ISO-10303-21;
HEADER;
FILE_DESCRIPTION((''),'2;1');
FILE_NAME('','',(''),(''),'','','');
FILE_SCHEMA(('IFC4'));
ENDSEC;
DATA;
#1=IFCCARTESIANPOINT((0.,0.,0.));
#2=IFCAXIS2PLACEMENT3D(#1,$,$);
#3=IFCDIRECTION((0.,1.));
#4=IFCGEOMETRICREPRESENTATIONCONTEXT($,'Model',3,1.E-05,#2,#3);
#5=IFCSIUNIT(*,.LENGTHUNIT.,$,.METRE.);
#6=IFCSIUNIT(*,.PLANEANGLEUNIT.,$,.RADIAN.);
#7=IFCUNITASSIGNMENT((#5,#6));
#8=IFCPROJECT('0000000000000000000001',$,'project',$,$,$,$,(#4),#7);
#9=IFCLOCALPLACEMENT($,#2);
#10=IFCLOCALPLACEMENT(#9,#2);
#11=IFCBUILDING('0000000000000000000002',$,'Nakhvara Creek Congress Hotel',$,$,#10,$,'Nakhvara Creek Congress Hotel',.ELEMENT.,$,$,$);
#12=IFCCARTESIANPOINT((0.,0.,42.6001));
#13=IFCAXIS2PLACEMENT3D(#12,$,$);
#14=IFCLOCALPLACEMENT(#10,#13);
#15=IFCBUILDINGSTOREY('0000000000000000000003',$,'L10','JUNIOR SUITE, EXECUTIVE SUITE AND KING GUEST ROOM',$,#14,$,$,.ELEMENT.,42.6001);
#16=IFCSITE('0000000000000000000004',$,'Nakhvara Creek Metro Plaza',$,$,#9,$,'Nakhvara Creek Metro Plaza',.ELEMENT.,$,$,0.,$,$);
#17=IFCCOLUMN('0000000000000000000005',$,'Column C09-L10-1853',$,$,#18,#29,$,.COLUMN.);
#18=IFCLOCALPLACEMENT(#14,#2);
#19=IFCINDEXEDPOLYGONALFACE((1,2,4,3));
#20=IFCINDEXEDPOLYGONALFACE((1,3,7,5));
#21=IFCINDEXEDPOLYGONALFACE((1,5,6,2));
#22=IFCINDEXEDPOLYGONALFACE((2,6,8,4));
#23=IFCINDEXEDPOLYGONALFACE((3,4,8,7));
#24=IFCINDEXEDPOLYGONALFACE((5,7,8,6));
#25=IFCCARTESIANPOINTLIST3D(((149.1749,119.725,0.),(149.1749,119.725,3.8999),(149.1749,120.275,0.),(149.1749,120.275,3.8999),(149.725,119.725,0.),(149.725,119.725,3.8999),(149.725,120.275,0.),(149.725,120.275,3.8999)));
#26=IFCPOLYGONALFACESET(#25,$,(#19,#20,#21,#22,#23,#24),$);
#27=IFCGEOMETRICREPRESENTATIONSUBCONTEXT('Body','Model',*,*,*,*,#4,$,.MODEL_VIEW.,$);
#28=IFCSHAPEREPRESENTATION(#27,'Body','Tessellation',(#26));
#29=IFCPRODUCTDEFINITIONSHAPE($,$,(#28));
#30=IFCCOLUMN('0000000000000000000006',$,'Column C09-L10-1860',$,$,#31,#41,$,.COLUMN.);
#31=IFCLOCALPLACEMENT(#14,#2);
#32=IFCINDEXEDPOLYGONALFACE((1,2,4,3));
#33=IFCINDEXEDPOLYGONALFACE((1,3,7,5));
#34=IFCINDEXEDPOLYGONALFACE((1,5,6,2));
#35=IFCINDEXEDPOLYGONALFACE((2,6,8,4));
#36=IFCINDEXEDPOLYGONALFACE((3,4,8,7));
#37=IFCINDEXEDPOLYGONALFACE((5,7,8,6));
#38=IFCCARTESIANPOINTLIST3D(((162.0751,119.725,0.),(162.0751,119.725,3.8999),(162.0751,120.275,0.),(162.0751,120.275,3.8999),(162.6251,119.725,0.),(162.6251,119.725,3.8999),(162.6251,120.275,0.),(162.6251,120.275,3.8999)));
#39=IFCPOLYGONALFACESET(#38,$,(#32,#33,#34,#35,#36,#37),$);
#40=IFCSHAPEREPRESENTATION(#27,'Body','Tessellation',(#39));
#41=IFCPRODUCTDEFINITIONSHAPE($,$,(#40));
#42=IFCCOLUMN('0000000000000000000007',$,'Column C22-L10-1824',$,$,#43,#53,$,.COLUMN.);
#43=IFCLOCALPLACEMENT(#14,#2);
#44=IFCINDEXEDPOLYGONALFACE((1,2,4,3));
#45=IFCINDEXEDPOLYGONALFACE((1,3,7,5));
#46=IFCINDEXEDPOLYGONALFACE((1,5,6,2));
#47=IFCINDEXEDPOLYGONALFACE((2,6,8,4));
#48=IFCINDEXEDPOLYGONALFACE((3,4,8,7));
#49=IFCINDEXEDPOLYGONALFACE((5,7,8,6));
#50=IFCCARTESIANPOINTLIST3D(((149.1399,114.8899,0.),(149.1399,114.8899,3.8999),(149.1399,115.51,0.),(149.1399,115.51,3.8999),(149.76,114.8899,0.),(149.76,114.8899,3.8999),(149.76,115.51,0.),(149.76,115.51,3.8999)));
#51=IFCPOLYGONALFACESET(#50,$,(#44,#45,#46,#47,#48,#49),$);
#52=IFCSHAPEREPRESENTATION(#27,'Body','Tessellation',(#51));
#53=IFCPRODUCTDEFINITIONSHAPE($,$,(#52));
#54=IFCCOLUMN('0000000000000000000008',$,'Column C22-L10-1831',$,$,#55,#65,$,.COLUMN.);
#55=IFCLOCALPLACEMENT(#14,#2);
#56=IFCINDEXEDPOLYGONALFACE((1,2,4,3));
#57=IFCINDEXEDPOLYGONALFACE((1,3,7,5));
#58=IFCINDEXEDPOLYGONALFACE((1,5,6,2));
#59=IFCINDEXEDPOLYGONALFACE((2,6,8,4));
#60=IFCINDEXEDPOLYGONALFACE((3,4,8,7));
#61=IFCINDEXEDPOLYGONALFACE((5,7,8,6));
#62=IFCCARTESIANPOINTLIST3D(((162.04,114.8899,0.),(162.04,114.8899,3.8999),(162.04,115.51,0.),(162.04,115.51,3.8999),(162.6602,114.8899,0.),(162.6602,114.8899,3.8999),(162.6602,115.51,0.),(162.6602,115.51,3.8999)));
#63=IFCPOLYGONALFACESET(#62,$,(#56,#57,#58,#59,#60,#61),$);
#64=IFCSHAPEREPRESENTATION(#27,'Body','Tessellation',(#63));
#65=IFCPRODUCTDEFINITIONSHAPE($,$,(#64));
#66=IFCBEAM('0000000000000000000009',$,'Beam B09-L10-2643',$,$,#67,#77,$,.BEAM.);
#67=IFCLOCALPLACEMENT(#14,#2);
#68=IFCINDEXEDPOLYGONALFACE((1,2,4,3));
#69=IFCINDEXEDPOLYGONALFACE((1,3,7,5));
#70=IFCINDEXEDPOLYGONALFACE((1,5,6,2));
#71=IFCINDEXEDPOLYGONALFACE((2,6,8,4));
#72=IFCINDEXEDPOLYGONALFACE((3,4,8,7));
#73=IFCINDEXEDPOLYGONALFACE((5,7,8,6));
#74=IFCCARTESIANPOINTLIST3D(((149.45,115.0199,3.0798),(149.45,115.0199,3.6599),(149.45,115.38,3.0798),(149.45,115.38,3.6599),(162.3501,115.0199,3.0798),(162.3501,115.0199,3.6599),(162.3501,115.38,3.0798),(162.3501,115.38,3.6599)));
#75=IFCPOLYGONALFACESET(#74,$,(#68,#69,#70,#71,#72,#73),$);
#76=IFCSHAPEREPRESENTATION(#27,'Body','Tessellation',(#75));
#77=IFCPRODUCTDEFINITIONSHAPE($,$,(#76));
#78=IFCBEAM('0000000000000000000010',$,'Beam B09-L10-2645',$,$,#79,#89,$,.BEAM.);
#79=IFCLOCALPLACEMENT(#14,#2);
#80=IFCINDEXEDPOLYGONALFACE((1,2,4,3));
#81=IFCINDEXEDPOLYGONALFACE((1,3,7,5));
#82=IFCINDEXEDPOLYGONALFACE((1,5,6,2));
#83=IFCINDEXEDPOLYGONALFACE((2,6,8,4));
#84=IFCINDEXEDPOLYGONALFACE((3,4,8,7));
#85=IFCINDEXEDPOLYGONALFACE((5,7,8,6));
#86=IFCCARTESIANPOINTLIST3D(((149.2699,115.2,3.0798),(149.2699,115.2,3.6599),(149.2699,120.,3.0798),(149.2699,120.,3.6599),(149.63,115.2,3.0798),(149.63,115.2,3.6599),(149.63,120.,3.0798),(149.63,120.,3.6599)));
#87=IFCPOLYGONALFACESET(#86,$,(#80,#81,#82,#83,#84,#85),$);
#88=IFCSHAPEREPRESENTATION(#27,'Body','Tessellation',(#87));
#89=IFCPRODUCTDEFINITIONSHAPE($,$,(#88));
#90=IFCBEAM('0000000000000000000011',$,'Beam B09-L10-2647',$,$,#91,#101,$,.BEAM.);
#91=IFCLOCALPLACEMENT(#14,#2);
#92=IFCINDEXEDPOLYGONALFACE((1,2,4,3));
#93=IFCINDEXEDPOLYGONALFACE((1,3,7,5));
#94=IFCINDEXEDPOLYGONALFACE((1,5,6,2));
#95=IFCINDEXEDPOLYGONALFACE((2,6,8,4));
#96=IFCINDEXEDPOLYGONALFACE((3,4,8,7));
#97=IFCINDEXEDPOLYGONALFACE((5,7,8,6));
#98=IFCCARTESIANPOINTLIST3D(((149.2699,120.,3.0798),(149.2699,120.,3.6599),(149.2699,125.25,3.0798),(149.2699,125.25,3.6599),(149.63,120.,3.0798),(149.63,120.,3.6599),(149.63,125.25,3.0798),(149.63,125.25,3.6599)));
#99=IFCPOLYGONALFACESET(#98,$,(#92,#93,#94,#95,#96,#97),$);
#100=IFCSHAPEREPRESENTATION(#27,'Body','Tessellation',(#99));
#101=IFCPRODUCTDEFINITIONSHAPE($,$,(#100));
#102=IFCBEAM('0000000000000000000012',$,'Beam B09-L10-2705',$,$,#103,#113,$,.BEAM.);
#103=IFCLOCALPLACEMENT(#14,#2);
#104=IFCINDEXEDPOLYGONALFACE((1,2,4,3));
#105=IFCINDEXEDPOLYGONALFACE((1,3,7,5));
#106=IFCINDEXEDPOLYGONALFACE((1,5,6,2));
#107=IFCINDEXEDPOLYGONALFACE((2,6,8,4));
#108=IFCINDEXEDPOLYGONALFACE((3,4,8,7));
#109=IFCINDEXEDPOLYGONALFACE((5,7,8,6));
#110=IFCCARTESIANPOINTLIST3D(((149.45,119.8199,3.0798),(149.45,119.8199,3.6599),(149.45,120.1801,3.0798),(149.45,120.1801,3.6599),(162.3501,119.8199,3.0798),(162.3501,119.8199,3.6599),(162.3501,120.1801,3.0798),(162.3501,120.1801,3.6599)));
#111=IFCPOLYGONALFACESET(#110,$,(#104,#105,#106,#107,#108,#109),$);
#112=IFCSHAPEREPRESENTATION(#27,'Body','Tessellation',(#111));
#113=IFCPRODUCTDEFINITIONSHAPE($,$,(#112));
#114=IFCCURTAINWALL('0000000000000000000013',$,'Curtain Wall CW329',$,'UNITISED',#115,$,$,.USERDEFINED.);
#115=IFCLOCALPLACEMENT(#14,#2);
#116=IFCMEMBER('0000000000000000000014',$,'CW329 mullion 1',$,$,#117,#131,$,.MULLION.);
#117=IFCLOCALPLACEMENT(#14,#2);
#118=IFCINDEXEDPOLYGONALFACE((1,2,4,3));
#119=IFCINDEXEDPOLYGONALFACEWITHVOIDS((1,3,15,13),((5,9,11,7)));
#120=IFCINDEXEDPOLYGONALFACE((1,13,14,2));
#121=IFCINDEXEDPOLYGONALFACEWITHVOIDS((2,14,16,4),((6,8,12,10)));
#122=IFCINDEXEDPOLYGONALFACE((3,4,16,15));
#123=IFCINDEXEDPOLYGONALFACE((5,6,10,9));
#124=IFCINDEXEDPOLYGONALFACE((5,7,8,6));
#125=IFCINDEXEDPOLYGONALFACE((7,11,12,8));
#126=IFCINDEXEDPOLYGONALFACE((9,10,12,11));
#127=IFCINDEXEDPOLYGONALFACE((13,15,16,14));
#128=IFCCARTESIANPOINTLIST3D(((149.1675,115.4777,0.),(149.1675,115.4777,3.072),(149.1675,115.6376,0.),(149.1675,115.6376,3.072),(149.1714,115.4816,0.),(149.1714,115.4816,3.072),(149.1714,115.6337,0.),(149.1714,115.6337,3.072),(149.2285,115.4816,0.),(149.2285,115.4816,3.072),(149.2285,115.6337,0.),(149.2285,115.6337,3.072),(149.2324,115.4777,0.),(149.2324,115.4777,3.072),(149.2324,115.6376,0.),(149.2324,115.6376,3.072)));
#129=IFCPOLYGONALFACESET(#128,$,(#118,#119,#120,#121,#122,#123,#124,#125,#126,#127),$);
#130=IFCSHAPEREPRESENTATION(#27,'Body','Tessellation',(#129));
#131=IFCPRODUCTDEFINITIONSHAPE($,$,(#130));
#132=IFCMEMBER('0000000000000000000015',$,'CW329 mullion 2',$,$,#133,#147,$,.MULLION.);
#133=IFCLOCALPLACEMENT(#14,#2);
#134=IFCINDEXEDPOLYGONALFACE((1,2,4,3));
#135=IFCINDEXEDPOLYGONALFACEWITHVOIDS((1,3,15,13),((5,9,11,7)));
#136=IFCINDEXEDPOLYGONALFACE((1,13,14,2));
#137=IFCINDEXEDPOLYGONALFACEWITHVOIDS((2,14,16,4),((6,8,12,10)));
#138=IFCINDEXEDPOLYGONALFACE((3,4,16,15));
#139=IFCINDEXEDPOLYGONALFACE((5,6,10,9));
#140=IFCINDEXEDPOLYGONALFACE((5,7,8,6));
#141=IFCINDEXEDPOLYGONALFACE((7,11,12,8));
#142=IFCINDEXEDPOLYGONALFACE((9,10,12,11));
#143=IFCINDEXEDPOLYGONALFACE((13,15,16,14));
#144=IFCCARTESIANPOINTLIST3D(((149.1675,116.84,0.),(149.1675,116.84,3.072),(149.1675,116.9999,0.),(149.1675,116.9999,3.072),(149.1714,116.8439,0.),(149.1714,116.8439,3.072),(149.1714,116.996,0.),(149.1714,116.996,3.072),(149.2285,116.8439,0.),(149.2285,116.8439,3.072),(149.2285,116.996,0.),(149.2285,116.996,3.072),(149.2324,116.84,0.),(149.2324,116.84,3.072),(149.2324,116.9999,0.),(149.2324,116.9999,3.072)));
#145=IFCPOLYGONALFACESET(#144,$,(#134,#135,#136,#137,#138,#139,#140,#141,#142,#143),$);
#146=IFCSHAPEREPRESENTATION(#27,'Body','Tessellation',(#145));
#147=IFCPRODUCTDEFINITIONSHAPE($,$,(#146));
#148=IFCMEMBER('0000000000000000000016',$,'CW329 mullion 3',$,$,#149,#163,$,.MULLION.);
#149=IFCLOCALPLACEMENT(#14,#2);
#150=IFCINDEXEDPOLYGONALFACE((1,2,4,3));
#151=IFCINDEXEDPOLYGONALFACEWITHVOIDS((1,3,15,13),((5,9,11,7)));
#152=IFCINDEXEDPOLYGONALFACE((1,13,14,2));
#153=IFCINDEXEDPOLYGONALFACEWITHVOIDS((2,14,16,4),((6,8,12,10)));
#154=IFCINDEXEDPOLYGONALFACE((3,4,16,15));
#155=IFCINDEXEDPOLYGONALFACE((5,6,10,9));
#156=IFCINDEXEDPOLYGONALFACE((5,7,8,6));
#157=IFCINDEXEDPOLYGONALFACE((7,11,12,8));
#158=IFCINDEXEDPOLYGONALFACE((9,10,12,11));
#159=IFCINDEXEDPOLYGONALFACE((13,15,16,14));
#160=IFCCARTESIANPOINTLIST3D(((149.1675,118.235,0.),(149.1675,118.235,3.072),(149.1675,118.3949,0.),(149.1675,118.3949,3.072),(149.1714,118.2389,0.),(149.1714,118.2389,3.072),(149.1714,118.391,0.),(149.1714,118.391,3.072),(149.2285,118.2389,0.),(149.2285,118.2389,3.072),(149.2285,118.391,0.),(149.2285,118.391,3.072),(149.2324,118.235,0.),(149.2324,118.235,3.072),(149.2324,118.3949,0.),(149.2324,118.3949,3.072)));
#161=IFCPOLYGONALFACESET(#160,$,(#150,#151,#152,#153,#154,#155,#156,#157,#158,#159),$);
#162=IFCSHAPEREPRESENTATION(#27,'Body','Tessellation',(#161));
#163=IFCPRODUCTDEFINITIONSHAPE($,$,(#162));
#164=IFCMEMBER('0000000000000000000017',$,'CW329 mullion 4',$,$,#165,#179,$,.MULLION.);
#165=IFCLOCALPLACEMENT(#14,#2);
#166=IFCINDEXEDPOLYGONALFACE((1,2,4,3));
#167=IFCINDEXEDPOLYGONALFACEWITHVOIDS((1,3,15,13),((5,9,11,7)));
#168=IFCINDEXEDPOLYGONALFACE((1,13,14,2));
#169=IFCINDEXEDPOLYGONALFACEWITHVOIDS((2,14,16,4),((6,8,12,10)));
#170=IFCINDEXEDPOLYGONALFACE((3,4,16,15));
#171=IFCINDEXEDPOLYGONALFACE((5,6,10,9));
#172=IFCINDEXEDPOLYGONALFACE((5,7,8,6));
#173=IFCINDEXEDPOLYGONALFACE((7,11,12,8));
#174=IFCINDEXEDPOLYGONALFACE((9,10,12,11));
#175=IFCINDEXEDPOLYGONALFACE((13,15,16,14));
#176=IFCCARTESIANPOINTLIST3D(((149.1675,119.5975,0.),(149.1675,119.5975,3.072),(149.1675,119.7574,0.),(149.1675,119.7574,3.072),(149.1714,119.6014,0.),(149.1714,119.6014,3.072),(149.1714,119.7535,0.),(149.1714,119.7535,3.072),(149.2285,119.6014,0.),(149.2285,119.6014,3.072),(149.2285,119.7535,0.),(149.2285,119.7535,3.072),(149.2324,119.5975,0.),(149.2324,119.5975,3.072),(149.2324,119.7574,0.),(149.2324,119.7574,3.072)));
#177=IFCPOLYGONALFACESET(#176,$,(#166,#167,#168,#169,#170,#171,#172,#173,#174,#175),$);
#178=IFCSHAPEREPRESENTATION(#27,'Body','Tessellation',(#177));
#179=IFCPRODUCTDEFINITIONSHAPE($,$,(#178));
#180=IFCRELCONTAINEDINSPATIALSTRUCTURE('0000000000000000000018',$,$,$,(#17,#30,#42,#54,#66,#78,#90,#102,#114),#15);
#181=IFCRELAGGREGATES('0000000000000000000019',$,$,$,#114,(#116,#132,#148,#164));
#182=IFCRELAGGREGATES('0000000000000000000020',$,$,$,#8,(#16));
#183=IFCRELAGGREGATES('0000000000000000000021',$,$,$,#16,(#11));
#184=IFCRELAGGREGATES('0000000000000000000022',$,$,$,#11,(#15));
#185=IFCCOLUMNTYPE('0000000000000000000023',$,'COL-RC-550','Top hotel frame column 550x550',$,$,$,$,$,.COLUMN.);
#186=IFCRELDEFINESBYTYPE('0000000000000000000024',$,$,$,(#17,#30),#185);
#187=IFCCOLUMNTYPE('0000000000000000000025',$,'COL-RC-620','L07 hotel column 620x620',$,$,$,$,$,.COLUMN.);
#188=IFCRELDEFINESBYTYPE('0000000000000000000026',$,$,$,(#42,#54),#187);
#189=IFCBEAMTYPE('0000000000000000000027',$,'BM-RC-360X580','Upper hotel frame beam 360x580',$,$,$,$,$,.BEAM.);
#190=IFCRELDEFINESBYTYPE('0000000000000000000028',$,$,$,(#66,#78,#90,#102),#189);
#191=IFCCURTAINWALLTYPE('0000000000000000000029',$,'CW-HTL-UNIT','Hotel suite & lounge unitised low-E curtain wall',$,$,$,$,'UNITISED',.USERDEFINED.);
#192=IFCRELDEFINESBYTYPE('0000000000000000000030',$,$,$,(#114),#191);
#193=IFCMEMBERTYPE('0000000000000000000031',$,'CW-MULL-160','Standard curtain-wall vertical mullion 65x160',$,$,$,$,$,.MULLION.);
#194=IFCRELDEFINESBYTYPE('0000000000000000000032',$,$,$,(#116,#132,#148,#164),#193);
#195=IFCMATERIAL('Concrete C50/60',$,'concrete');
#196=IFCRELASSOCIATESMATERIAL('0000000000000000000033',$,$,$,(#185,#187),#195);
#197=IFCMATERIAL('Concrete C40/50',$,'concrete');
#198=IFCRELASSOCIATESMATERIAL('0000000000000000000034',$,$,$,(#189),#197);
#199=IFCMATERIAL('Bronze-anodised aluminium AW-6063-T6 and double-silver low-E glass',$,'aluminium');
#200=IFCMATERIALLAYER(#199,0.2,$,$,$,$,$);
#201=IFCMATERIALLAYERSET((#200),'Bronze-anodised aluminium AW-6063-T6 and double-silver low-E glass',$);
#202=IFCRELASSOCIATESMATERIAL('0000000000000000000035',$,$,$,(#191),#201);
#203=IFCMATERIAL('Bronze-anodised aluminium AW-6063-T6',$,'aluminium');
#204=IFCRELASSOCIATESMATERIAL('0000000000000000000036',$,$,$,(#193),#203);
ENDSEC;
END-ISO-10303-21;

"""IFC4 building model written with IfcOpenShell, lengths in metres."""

from ifc_helpers import new_model, si_unit, direction, frame, origin, origin_2d, place, context, subcontext, project, spatial, rectangle, hollow_rectangle, extrude, material, layer, layer_set, material_profile, profile_set, type_object, element, aggregate, save


model = new_model("IFC4")

# Units and contexts
model_context = context("Model", 3, precision=1e-05, world=origin(), true_north=direction((0.0, 1.0)))
body_context = subcontext(model_context, "Body", "Model", "MODEL_VIEW")
ifc_project = project(units=[si_unit("LENGTHUNIT", "METRE"), si_unit("PLANEANGLEUNIT", "RADIAN")], contexts=[model_context])

# Site, building, storey
site_placement = place(None, origin())
site = spatial("IfcSite", under=ifc_project, at=site_placement, Name="Nakhvara Creek Metro Plaza", LongName="Nakhvara Creek Metro Plaza", CompositionType="ELEMENT", RefElevation=0.0)
building_placement = place(site_placement, origin())
building = spatial("IfcBuilding", under=site, at=building_placement, Name="Nakhvara Creek Congress Hotel", LongName="Nakhvara Creek Congress Hotel", CompositionType="ELEMENT")
storey_placement = place(building_placement, frame((0.0, 0.0, 42.6001)))
storey = spatial("IfcBuildingStorey", under=building, at=storey_placement, Name="L10", Description="JUNIOR SUITE, EXECUTIVE SUITE AND KING GUEST ROOM", CompositionType="ELEMENT", Elevation=42.6001)

# Columns
ifc_material_1 = material(Name="Concrete C50/60", Category="concrete")
ifc_material_profile_1 = material_profile(ifc_material_1, rectangle(XDim=0.55, YDim=0.55, at=origin_2d()), Name="RC-COL 550x550", Category="LoadBearing")
ifc_profile_set_1 = profile_set([ifc_material_profile_1], Name="Concrete C50/60")
column_type_1 = type_object("IfcColumnType", Name="COL-RC-550", Description="Top hotel frame column 550x550", PredefinedType="COLUMN", material=ifc_profile_set_1)
for number, where, z_axis, x_axis, name in (
    (1, (149.45, 120.0, 0.0), (0.0, 0.0, 1.0), (1.0, 0.0, 0.0), "Column C09-L10-1853"),
    (2, (162.3501, 120.0, 0.0), (0.0, 0.0, 1.0), (1.0, 0.0, 0.0), "Column C09-L10-1860"),
):
    element("IfcColumn", number, at=place(storey_placement, frame(where, z_axis=z_axis, x_axis=x_axis)), inside=storey, type_object=column_type_1, Name=name, PredefinedType="COLUMN", context=body_context, shape_type="SweptSolid", body=[
        extrude(rectangle(XDim=0.55, YDim=0.55, at=origin_2d()), origin(), (0.0, 0.0, 1.0), 3.8999),
    ])
ifc_material_profile_2 = material_profile(ifc_material_1, rectangle(XDim=0.6201, YDim=0.6201, at=origin_2d()), Name="RC-COL 620x620", Category="LoadBearing")
ifc_profile_set_2 = profile_set([ifc_material_profile_2], Name="Concrete C50/60")
column_type_2 = type_object("IfcColumnType", Name="COL-RC-620", Description="L07 hotel column 620x620", PredefinedType="COLUMN", material=ifc_profile_set_2)
for number, where, z_axis, x_axis, name in (
    (3, (149.45, 115.2, 0.0), (0.0, 0.0, 1.0), (1.0, 0.0, 0.0), "Column C22-L10-1824"),
    (4, (162.3501, 115.2, 0.0), (0.0, 0.0, 1.0), (1.0, 0.0, 0.0), "Column C22-L10-1831"),
):
    element("IfcColumn", number, at=place(storey_placement, frame(where, z_axis=z_axis, x_axis=x_axis)), inside=storey, type_object=column_type_2, Name=name, PredefinedType="COLUMN", context=body_context, shape_type="SweptSolid", body=[
        extrude(rectangle(XDim=0.6201, YDim=0.6201, at=origin_2d()), origin(), (0.0, 0.0, 1.0), 3.8999),
    ])

# Beams
ifc_material_2 = material(Name="Concrete C40/50", Category="concrete")
ifc_material_profile_3 = material_profile(ifc_material_2, rectangle(XDim=0.3601, YDim=0.5801, at=origin_2d()), Name="RC-BM 360x580", Category="LoadBearing")
ifc_profile_set_3 = profile_set([ifc_material_profile_3], Name="Concrete C40/50")
beam_type = type_object("IfcBeamType", Name="BM-RC-360X580", Description="Upper hotel frame beam 360x580", PredefinedType="BEAM", material=ifc_profile_set_3)
beam_1_placement = place(storey_placement, frame((149.45, 115.2, 3.3699), z_axis=(1.0, 0.0, 0.0), x_axis=(0.0, 1.0, 0.0)))
element("IfcBeam", 5, at=beam_1_placement, inside=storey, type_object=beam_type, Name="Beam B09-L10-2643", PredefinedType="BEAM", context=body_context, shape_type="SweptSolid", body=[
    extrude(rectangle(XDim=0.3601, YDim=0.5801, at=origin_2d()), origin(), (0.0, 0.0, 1.0), 12.9001),
])
beam_2_placement = place(storey_placement, frame((149.45, 115.2, 3.3699), z_axis=(0.0, 1.0, 0.0), x_axis=(-1.0, 0.0, 0.0)))
element("IfcBeam", 6, at=beam_2_placement, inside=storey, type_object=beam_type, Name="Beam B09-L10-2645", PredefinedType="BEAM", context=body_context, shape_type="SweptSolid", body=[
    extrude(rectangle(XDim=0.3601, YDim=0.5801, at=origin_2d()), origin(), (0.0, 0.0, 1.0), 4.8),
])
beam_3_placement = place(storey_placement, frame((149.45, 120.0, 3.3699), z_axis=(0.0, 1.0, 0.0), x_axis=(-1.0, 0.0, 0.0)))
element("IfcBeam", 7, at=beam_3_placement, inside=storey, type_object=beam_type, Name="Beam B09-L10-2647", PredefinedType="BEAM", context=body_context, shape_type="SweptSolid", body=[
    extrude(rectangle(XDim=0.3601, YDim=0.5801, at=origin_2d()), origin(), (0.0, 0.0, 1.0), 5.25),
])
beam_4_placement = place(storey_placement, frame((149.45, 120.0, 3.3699), z_axis=(1.0, 0.0, 0.0), x_axis=(0.0, 1.0, 0.0)))
element("IfcBeam", 8, at=beam_4_placement, inside=storey, type_object=beam_type, Name="Beam B09-L10-2705", PredefinedType="BEAM", context=body_context, shape_type="SweptSolid", body=[
    extrude(rectangle(XDim=0.3601, YDim=0.5801, at=origin_2d()), origin(), (0.0, 0.0, 1.0), 12.9001),
])

# Curtain wall, members
ifc_material_3 = material(Name="Bronze-anodised aluminium AW-6063-T6 and double-silver low-E glass", Category="aluminium")
ifc_layer_1 = layer(ifc_material_3, 0.2)
ifc_layer_set_1 = layer_set([ifc_layer_1], Name="Bronze-anodised aluminium AW-6063-T6 and double-silver low-E glass")
curtain_wall_type = type_object("IfcCurtainWallType", Name="CW-HTL-UNIT", Description="Hotel suite & lounge unitised low-E curtain wall", ElementType="UNITISED", PredefinedType="USERDEFINED", material=ifc_layer_set_1)
curtain_wall_placement = place(storey_placement, origin())
curtain_wall = element("IfcCurtainWall", 9, at=curtain_wall_placement, inside=storey, type_object=curtain_wall_type, Name="Curtain Wall CW329", ObjectType="UNITISED", PredefinedType="USERDEFINED")
ifc_material_4 = material(Name="Bronze-anodised aluminium AW-6063-T6", Category="aluminium")
ifc_material_profile_4 = material_profile(ifc_material_4, hollow_rectangle(XDim=0.0649, YDim=0.1599, WallThickness=0.0039, at=origin_2d()), Name="ALU-MULL 65x160x4", Category="LoadBearing")
ifc_profile_set_4 = profile_set([ifc_material_profile_4], Name="Bronze-anodised aluminium AW-6063-T6")
member_type_1 = type_object("IfcMemberType", Name="CW-MULL-160", Description="Standard curtain-wall vertical mullion 65x160", PredefinedType="MULLION", material=ifc_profile_set_4)
member_1_placement = place(storey_placement, frame((149.2, 115.5576, 0.0), z_axis=(0.0, 0.0, 1.0), x_axis=(-1.0, 0.0, 0.0)))
member_1 = element("IfcMember", 10, at=member_1_placement, type_object=member_type_1, Name="CW329 mullion 1", PredefinedType="MULLION", context=body_context, shape_type="SweptSolid", body=[
    extrude(hollow_rectangle(XDim=0.0649, YDim=0.1599, WallThickness=0.0039, at=origin_2d()), origin(), (0.0, 0.0, 1.0), 3.072),
])
member_2_placement = place(storey_placement, frame((149.2, 116.9199, 0.0), z_axis=(0.0, 0.0, 1.0), x_axis=(-1.0, 0.0, 0.0)))
member_2 = element("IfcMember", 11, at=member_2_placement, type_object=member_type_1, Name="CW329 mullion 2", PredefinedType="MULLION", context=body_context, shape_type="SweptSolid", body=[
    extrude(hollow_rectangle(XDim=0.0649, YDim=0.1599, WallThickness=0.0039, at=origin_2d()), origin(), (0.0, 0.0, 1.0), 3.072),
])
member_3_placement = place(storey_placement, frame((149.2, 118.3149, 0.0), z_axis=(0.0, 0.0, 1.0), x_axis=(-1.0, 0.0, 0.0)))
member_3 = element("IfcMember", 12, at=member_3_placement, type_object=member_type_1, Name="CW329 mullion 3", PredefinedType="MULLION", context=body_context, shape_type="SweptSolid", body=[
    extrude(hollow_rectangle(XDim=0.0649, YDim=0.1599, WallThickness=0.0039, at=origin_2d()), origin(), (0.0, 0.0, 1.0), 3.072),
])
member_4_placement = place(storey_placement, frame((149.2, 119.6775, 0.0), z_axis=(0.0, 0.0, 1.0), x_axis=(-1.0, 0.0, 0.0)))
member_4 = element("IfcMember", 13, at=member_4_placement, type_object=member_type_1, Name="CW329 mullion 4", PredefinedType="MULLION", context=body_context, shape_type="SweptSolid", body=[
    extrude(hollow_rectangle(XDim=0.0649, YDim=0.1599, WallThickness=0.0039, at=origin_2d()), origin(), (0.0, 0.0, 1.0), 3.072),
])
aggregate(curtain_wall, [member_1, member_2, member_3, member_4])

save(model, "model.ifc")
